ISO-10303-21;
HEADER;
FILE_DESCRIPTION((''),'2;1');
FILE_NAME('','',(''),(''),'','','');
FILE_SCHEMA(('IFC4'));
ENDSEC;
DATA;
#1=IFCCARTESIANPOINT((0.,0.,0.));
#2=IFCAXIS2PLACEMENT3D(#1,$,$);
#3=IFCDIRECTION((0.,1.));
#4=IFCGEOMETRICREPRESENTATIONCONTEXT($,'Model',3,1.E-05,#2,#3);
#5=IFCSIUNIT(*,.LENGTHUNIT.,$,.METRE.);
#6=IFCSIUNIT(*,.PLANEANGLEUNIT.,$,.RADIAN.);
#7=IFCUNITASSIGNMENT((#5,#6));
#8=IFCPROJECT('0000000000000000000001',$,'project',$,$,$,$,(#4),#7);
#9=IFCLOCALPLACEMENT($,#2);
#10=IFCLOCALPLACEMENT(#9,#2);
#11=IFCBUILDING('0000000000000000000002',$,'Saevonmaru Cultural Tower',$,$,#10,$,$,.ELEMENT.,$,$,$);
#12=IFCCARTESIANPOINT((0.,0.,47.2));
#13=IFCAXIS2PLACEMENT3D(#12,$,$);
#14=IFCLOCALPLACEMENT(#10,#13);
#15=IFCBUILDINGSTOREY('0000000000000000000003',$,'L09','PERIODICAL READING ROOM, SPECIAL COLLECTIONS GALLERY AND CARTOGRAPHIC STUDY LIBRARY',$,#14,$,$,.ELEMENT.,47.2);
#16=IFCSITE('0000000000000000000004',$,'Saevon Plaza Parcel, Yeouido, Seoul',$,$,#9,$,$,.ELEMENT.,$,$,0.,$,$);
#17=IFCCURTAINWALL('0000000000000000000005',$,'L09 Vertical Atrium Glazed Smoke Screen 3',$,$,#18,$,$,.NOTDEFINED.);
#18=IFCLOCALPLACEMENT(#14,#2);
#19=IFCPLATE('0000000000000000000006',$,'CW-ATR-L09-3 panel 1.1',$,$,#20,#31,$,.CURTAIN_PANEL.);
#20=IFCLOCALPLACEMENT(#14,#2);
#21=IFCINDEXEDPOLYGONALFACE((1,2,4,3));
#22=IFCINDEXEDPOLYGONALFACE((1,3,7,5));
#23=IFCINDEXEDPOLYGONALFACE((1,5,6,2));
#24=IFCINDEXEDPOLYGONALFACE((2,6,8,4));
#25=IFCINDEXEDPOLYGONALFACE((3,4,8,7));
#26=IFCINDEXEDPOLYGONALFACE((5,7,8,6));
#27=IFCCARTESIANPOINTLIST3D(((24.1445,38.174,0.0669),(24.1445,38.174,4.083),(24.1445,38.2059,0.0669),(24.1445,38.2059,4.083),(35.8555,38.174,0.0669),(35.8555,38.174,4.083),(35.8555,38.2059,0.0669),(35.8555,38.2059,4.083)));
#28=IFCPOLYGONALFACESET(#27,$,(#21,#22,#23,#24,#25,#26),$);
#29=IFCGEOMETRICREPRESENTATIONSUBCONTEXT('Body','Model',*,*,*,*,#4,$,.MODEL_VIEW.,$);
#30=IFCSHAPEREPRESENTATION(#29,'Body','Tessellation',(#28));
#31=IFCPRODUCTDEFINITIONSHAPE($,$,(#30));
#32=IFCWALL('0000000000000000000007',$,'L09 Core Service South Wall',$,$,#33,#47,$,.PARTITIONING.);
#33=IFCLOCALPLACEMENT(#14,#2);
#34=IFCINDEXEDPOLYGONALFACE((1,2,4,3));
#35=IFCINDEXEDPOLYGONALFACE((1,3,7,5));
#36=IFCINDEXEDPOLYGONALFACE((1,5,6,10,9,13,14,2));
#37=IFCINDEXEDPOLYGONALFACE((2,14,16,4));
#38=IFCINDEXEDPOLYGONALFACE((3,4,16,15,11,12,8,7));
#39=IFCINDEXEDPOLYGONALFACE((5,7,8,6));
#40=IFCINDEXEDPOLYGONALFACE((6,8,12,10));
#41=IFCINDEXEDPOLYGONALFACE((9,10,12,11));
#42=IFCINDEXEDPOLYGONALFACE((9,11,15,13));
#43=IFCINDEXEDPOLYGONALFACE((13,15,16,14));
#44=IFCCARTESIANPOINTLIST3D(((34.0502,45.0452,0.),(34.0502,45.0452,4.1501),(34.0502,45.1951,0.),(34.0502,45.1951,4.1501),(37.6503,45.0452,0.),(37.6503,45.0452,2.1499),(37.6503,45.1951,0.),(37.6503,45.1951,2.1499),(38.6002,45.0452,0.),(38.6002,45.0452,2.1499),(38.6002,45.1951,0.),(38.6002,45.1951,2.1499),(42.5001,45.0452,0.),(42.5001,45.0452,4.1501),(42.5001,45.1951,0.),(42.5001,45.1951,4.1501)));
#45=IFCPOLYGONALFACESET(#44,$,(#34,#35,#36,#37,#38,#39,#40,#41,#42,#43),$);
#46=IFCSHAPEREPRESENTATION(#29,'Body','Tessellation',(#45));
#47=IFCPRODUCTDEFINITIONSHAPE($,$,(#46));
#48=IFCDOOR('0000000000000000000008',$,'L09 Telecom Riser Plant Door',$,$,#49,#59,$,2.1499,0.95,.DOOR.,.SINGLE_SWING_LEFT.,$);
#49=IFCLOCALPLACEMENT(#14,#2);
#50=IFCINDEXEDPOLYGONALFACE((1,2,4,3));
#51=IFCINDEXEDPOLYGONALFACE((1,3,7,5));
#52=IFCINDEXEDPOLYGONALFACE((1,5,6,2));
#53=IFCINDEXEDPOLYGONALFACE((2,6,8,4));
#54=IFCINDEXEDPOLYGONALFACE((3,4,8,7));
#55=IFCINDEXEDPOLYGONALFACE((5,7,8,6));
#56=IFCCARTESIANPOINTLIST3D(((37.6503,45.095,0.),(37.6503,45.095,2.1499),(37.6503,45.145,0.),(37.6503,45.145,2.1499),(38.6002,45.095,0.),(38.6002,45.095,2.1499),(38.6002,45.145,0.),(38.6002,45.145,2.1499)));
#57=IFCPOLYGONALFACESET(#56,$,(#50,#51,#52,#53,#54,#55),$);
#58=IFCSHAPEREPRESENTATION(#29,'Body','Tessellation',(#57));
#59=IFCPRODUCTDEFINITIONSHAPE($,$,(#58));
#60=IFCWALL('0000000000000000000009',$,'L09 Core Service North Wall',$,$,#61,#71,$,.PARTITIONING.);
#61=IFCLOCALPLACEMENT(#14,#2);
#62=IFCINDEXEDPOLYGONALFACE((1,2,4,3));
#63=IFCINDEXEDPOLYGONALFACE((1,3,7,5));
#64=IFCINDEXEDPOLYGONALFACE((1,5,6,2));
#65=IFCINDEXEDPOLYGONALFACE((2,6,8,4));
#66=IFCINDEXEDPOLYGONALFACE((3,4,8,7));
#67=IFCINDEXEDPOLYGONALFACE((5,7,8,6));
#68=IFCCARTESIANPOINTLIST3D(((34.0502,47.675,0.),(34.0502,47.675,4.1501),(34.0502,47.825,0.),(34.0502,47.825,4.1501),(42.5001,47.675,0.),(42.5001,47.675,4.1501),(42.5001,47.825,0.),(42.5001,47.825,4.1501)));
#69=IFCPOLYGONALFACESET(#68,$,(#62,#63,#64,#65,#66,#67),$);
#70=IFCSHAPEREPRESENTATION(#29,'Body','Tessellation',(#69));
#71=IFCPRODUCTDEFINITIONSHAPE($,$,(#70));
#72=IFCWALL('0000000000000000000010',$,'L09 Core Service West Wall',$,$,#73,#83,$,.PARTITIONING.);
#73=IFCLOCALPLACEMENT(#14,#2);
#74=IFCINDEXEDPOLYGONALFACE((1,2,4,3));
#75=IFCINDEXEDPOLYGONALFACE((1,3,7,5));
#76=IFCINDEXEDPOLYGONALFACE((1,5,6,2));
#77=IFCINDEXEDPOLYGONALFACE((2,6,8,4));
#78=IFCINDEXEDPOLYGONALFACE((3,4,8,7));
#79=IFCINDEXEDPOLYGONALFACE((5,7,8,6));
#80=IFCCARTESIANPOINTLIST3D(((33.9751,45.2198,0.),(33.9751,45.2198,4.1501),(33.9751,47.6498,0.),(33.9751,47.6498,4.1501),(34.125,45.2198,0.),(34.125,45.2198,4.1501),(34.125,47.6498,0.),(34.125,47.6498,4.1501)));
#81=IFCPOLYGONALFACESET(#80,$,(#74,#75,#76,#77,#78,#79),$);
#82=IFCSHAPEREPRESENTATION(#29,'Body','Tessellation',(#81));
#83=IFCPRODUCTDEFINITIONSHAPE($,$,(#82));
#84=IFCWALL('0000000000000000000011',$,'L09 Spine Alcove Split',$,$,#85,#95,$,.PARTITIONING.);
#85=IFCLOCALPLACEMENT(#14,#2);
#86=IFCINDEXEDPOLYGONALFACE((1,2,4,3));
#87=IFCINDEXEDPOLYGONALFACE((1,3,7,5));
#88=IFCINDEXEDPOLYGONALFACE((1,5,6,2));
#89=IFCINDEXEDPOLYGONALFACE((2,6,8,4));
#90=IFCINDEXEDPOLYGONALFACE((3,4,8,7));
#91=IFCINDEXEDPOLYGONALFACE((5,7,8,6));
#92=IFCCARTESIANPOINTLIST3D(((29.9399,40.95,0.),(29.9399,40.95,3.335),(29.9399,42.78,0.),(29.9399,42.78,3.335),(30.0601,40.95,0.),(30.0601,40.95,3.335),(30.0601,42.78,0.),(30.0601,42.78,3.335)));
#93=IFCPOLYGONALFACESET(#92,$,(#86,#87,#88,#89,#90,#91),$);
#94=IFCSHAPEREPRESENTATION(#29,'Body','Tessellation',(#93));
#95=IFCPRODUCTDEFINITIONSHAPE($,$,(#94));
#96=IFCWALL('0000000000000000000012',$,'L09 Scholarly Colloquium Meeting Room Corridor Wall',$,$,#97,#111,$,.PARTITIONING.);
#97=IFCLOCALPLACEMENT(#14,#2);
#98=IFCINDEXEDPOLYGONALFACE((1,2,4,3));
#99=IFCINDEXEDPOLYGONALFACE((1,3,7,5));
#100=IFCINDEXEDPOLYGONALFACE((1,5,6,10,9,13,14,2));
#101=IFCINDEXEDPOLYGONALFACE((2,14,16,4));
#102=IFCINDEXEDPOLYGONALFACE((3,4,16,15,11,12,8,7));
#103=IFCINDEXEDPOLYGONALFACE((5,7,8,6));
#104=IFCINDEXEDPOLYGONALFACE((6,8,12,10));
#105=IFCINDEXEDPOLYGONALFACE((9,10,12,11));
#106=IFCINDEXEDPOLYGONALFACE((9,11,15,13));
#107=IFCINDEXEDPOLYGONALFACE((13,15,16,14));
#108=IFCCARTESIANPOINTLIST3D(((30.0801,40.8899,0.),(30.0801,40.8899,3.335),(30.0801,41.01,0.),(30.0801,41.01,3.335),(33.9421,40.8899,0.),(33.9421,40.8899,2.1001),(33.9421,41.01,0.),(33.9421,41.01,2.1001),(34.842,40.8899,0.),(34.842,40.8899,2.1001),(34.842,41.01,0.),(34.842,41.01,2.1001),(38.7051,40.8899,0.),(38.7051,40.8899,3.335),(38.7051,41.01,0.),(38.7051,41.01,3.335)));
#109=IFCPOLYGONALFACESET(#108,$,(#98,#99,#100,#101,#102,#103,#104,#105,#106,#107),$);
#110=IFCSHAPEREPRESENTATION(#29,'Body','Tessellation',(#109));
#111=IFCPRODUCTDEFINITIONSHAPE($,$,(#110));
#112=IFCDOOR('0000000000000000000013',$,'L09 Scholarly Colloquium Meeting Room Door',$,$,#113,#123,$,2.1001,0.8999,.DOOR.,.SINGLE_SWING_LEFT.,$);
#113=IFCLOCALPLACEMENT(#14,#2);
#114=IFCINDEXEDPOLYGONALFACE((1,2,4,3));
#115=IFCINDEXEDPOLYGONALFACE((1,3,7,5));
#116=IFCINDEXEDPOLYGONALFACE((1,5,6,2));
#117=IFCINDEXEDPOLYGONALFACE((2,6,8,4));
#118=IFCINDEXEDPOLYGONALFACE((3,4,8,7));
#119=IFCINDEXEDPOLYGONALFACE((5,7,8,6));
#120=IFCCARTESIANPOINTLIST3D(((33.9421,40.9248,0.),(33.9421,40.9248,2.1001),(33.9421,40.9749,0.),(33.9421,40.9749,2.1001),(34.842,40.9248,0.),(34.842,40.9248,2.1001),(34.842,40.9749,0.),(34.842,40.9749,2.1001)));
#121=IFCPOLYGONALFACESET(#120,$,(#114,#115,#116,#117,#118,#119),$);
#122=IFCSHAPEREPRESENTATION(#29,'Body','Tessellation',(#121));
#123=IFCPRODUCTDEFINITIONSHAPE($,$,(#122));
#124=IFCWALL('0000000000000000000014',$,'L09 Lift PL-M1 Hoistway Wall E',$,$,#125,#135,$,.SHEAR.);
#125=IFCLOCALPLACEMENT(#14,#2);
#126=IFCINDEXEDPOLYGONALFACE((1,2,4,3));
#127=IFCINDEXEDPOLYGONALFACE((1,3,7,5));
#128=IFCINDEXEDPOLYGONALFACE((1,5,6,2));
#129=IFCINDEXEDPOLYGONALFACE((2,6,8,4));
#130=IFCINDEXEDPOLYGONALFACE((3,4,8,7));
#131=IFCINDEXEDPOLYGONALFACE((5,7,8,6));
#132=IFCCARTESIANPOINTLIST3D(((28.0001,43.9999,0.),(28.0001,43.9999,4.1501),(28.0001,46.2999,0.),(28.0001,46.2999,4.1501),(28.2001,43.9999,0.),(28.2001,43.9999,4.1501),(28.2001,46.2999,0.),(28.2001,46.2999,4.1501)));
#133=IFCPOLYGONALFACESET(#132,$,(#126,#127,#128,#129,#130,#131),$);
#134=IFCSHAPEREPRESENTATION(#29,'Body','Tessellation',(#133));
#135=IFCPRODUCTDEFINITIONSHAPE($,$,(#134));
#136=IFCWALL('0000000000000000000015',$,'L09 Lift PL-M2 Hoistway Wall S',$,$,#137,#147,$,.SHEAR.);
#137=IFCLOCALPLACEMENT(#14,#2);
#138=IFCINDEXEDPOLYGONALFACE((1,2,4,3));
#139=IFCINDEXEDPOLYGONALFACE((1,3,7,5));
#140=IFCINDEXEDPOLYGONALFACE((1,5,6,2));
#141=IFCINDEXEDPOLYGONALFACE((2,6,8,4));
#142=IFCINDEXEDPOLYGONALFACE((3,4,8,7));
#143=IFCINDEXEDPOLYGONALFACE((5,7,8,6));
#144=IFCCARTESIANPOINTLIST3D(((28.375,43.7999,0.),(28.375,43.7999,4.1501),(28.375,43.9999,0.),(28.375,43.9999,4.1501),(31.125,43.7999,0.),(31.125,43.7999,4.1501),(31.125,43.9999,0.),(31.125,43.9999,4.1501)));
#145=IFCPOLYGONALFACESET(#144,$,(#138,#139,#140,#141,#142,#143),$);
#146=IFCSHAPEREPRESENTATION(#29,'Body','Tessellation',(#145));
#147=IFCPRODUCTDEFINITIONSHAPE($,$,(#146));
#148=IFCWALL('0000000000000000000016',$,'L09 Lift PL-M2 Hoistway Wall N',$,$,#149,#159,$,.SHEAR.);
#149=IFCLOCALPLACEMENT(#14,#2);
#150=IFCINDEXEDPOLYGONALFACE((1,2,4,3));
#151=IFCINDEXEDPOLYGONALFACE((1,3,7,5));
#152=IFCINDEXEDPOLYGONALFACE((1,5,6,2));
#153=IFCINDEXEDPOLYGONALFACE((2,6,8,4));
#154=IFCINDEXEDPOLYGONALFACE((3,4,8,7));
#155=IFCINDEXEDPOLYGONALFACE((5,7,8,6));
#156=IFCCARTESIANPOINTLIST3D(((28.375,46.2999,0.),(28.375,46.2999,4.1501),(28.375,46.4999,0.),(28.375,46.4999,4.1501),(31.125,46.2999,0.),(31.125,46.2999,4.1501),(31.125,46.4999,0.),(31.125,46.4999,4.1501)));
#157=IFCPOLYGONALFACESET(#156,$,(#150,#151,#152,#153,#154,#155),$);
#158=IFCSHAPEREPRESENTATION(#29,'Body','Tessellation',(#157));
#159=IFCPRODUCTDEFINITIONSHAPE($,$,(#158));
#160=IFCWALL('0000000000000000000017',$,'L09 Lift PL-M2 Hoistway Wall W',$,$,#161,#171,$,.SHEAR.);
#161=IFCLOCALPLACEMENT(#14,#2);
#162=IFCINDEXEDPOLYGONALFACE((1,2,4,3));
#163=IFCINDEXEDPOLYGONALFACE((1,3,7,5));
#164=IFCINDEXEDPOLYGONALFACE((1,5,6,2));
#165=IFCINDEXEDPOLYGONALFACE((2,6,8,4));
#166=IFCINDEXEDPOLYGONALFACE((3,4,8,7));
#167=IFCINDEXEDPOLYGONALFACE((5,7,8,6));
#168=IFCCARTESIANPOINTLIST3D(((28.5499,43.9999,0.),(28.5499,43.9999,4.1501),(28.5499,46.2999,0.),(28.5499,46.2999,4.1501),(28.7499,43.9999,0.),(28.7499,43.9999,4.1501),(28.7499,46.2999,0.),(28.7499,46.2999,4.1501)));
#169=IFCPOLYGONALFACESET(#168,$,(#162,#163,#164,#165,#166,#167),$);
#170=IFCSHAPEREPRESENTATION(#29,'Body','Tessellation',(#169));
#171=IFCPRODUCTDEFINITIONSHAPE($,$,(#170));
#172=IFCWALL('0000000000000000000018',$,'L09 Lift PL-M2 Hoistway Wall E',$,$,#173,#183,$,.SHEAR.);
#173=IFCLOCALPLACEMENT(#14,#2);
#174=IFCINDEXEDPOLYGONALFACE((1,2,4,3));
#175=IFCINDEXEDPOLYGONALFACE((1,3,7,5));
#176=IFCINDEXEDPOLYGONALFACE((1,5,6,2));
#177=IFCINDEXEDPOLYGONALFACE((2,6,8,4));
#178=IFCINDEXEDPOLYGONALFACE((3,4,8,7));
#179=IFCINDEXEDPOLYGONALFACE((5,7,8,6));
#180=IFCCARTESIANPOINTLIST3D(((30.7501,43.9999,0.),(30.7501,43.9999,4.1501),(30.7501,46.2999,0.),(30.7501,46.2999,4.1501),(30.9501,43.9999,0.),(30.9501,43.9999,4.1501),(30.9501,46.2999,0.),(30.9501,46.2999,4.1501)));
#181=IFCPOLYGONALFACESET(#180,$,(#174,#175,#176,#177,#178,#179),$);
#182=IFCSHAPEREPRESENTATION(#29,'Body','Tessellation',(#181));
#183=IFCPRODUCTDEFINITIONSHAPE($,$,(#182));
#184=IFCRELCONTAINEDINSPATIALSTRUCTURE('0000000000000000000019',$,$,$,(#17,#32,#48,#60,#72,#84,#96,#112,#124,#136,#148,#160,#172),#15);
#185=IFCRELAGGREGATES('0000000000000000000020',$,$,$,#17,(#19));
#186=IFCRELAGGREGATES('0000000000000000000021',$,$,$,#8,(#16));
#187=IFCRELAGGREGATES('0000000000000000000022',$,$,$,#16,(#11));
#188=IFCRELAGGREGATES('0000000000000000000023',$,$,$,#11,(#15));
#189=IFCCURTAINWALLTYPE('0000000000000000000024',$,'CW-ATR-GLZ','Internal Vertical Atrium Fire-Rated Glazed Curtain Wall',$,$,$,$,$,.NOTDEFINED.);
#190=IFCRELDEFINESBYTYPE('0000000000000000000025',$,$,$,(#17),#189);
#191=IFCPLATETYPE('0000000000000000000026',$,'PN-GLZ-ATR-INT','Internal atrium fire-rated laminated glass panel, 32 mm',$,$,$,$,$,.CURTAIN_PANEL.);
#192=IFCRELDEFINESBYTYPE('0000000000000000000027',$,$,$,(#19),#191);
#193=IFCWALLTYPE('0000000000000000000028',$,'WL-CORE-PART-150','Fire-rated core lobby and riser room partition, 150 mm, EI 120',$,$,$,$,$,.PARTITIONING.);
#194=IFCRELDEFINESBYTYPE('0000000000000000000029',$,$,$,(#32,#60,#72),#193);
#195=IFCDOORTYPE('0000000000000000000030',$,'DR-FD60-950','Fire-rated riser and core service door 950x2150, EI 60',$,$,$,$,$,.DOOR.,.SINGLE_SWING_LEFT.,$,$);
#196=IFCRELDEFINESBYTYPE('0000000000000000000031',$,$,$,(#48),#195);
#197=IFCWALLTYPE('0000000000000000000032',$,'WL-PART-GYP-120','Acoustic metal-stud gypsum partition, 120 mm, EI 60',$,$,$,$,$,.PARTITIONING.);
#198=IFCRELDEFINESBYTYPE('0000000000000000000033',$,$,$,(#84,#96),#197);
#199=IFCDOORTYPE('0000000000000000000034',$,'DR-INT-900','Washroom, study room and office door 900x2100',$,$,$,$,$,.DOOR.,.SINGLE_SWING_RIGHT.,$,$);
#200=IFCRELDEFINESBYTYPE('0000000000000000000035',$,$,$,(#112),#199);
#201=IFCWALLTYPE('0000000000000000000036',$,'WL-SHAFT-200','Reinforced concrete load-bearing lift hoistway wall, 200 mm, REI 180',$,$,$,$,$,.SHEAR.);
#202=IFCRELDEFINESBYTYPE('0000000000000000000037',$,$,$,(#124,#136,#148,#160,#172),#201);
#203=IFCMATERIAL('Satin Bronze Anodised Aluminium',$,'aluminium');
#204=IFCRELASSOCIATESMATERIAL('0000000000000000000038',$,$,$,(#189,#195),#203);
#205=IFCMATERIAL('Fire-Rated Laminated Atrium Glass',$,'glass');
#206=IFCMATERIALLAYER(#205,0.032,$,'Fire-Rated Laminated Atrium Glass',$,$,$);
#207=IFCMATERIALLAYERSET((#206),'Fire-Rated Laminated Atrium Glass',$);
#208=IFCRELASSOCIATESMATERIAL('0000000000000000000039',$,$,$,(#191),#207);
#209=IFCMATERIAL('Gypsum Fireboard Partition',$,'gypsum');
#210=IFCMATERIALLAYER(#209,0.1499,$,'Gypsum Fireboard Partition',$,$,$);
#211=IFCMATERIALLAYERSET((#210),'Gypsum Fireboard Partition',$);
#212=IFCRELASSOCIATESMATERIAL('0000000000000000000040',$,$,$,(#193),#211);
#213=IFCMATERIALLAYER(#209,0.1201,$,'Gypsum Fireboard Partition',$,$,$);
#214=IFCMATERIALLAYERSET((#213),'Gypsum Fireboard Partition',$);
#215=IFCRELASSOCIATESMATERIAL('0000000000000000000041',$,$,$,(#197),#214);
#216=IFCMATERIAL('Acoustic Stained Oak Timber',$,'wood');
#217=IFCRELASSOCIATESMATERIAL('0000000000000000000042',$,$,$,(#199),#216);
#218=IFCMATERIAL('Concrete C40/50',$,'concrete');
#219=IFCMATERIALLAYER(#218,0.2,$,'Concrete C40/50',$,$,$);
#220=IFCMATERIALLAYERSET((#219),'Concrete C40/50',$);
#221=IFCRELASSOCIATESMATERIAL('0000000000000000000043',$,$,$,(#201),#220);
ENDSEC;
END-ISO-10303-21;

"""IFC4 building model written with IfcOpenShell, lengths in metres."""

from ifc_helpers import new_model, si_unit, direction, frame, frame_2d, origin, origin_2d, place, context, subcontext, project, spatial, rectangle, extrude, material, layer, layer_set, type_object, element, fill, aggregate, save


model = new_model("IFC4")

# Units and contexts
model_context = context("Model", 3, precision=1e-05, world=origin(), true_north=direction((0.0, 1.0)))
body_context = subcontext(model_context, "Body", "Model", "MODEL_VIEW")
ifc_project = project(units=[si_unit("LENGTHUNIT", "METRE"), si_unit("PLANEANGLEUNIT", "RADIAN")], contexts=[model_context])

# Site, building, storey
site_placement = place(None, origin())
site = spatial("IfcSite", under=ifc_project, at=site_placement, Name="Saevon Plaza Parcel, Yeouido, Seoul", CompositionType="ELEMENT", RefElevation=0.0)
building_placement = place(site_placement, origin())
building = spatial("IfcBuilding", under=site, at=building_placement, Name="Saevonmaru Cultural Tower", CompositionType="ELEMENT")
storey_placement = place(building_placement, frame((0.0, 0.0, 47.2)))
storey = spatial("IfcBuildingStorey", under=building, at=storey_placement, Name="L09", Description="PERIODICAL READING ROOM, SPECIAL COLLECTIONS GALLERY AND CARTOGRAPHIC STUDY LIBRARY", CompositionType="ELEMENT", Elevation=47.2)

# Curtain wall, plate
ifc_material_1 = material(Name="Satin Bronze Anodised Aluminium", Category="aluminium")
curtain_wall_type = type_object("IfcCurtainWallType", Name="CW-ATR-GLZ", Description="Internal Vertical Atrium Fire-Rated Glazed Curtain Wall", PredefinedType="NOTDEFINED", material=ifc_material_1)
curtain_wall_placement = place(storey_placement, origin())
curtain_wall = element("IfcCurtainWall", 1, at=curtain_wall_placement, inside=storey, type_object=curtain_wall_type, Name="L09 Vertical Atrium Glazed Smoke Screen 3", PredefinedType="NOTDEFINED")
ifc_material_2 = material(Name="Fire-Rated Laminated Atrium Glass", Category="glass")
ifc_layer_1 = layer(ifc_material_2, 0.032, Name="Fire-Rated Laminated Atrium Glass")
ifc_layer_set_1 = layer_set([ifc_layer_1], Name="Fire-Rated Laminated Atrium Glass")
plate_type = type_object("IfcPlateType", Name="PN-GLZ-ATR-INT", Description="Internal atrium fire-rated laminated glass panel, 32 mm", PredefinedType="CURTAIN_PANEL", material=ifc_layer_set_1)
plate_placement = place(storey_placement, frame((30.0, 38.1899, 0.0669), z_axis=(0.0, 0.0, 1.0), x_axis=(-1.0, 0.0, 0.0)))
plate = element("IfcPlate", 2, at=plate_placement, type_object=plate_type, Name="CW-ATR-L09-3 panel 1.1", PredefinedType="CURTAIN_PANEL", context=body_context, shape_type="SweptSolid", body=[
    extrude(rectangle(XDim=11.7109, YDim=0.032, at=origin_2d()), origin(), (0.0, 0.0, 1.0), 4.0161),
])
aggregate(curtain_wall, [plate])

# Wall, opening, door
ifc_material_3 = material(Name="Gypsum Fireboard Partition", Category="gypsum")
ifc_layer_2 = layer(ifc_material_3, 0.1499, Name="Gypsum Fireboard Partition")
ifc_layer_set_2 = layer_set([ifc_layer_2], Name="Gypsum Fireboard Partition")
wall_type_1 = type_object("IfcWallType", Name="WL-CORE-PART-150", Description="Fire-rated core lobby and riser room partition, 150 mm, EI 120", PredefinedType="PARTITIONING", material=ifc_layer_set_2)
wall_1_placement = place(storey_placement, frame((34.05, 45.1201, 0.0), z_axis=(0.0, 0.0, 1.0), x_axis=(1.0, 0.0, 0.0)))
wall_1 = element("IfcWall", 3, at=wall_1_placement, inside=storey, type_object=wall_type_1, Name="L09 Core Service South Wall", PredefinedType="PARTITIONING", context=body_context, shape_type="SweptSolid", body=[
    extrude(rectangle(XDim=8.45, YDim=0.1499, at=frame_2d((4.2251, 0.0))), origin(), (0.0, 0.0, 1.0), 4.1501),
])
opening_1_placement = place(wall_1_placement, frame((3.6001, 0.0, 0.0)))
opening_1 = element("IfcOpeningElement", 4, at=opening_1_placement, cuts=wall_1, PredefinedType="OPENING", context=body_context, shape_type="SweptSolid", body=[
    extrude(rectangle(XDim=0.95, YDim=2.1499, at=frame_2d((0.4751, 1.075))), frame((0.0, 0.085, 0.0), z_axis=(0.0, -1.0, 0.0), x_axis=(1.0, 0.0, 0.0)), (0.0, 0.0, 1.0), 0.1699),
])
door_type_1 = type_object("IfcDoorType", Name="DR-FD60-950", Description="Fire-rated riser and core service door 950x2150, EI 60", OperationType="SINGLE_SWING_LEFT", PredefinedType="DOOR", material=ifc_material_1)
door_1_placement = place(opening_1_placement, origin())
door_1 = element("IfcDoor", 5, at=door_1_placement, inside=storey, type_object=door_type_1, Name="L09 Telecom Riser Plant Door", OperationType="SINGLE_SWING_LEFT", OverallHeight=2.1499, OverallWidth=0.95, PredefinedType="DOOR", context=body_context, shape_type="SweptSolid", body=[
    extrude(rectangle(XDim=0.95, YDim=2.1499, at=frame_2d((0.4751, 1.075))), frame((0.0, 0.0249, 0.0), z_axis=(0.0, -1.0, 0.0), x_axis=(1.0, 0.0, 0.0)), (0.0, 0.0, 1.0), 0.05),
])
fill(opening_1, door_1)

# Walls
wall_2_placement = place(storey_placement, frame((34.05, 47.75, 0.0), z_axis=(0.0, 0.0, 1.0), x_axis=(1.0, 0.0, 0.0)))
element("IfcWall", 6, at=wall_2_placement, inside=storey, type_object=wall_type_1, Name="L09 Core Service North Wall", PredefinedType="PARTITIONING", context=body_context, shape_type="SweptSolid", body=[
    extrude(rectangle(XDim=8.45, YDim=0.1499, at=frame_2d((4.2251, 0.0))), origin(), (0.0, 0.0, 1.0), 4.1501),
])
wall_3_placement = place(storey_placement, frame((34.05, 45.22, 0.0), z_axis=(0.0, 0.0, 1.0), x_axis=(0.0, 1.0, 0.0)))
element("IfcWall", 7, at=wall_3_placement, inside=storey, type_object=wall_type_1, Name="L09 Core Service West Wall", PredefinedType="PARTITIONING", context=body_context, shape_type="SweptSolid", body=[
    extrude(rectangle(XDim=2.4299, YDim=0.1499, at=frame_2d((1.2148, 0.0))), origin(), (0.0, 0.0, 1.0), 4.1501),
])
ifc_layer_3 = layer(ifc_material_3, 0.1201, Name="Gypsum Fireboard Partition")
ifc_layer_set_3 = layer_set([ifc_layer_3], Name="Gypsum Fireboard Partition")
wall_type_2 = type_object("IfcWallType", Name="WL-PART-GYP-120", Description="Acoustic metal-stud gypsum partition, 120 mm, EI 60", PredefinedType="PARTITIONING", material=ifc_layer_set_3)
wall_4_placement = place(storey_placement, frame((30.0, 40.95, 0.0), z_axis=(0.0, 0.0, 1.0), x_axis=(0.0, 1.0, 0.0)))
element("IfcWall", 8, at=wall_4_placement, inside=storey, type_object=wall_type_2, Name="L09 Spine Alcove Split", PredefinedType="PARTITIONING", context=body_context, shape_type="SweptSolid", body=[
    extrude(rectangle(XDim=1.8301, YDim=0.1201, at=frame_2d((0.915, 0.0))), origin(), (0.0, 0.0, 1.0), 3.335),
])

# Wall, opening, door
wall_5_placement = place(storey_placement, frame((30.0801, 40.95, 0.0), z_axis=(0.0, 0.0, 1.0), x_axis=(1.0, 0.0, 0.0)))
wall_5 = element("IfcWall", 9, at=wall_5_placement, inside=storey, type_object=wall_type_2, Name="L09 Scholarly Colloquium Meeting Room Corridor Wall", PredefinedType="PARTITIONING", context=body_context, shape_type="SweptSolid", body=[
    extrude(rectangle(XDim=8.625, YDim=0.1201, at=frame_2d((4.3125, 0.0))), origin(), (0.0, 0.0, 1.0), 3.335),
])
opening_2_placement = place(wall_5_placement, frame((3.8621, 0.0, 0.0)))
opening_2 = element("IfcOpeningElement", 10, at=opening_2_placement, cuts=wall_5, PredefinedType="OPENING", context=body_context, shape_type="SweptSolid", body=[
    extrude(rectangle(XDim=0.8999, YDim=2.1001, at=frame_2d((0.45, 1.05))), frame((0.0, 0.0701, 0.0), z_axis=(0.0, -1.0, 0.0), x_axis=(1.0, 0.0, 0.0)), (0.0, 0.0, 1.0), 0.1401),
])
ifc_material_4 = material(Name="Acoustic Stained Oak Timber", Category="wood")
door_type_2 = type_object("IfcDoorType", Name="DR-INT-900", Description="Washroom, study room and office door 900x2100", OperationType="SINGLE_SWING_RIGHT", PredefinedType="DOOR", material=ifc_material_4)
door_2_placement = place(opening_2_placement, origin())
door_2 = element("IfcDoor", 11, at=door_2_placement, inside=storey, type_object=door_type_2, Name="L09 Scholarly Colloquium Meeting Room Door", OperationType="SINGLE_SWING_LEFT", OverallHeight=2.1001, OverallWidth=0.8999, PredefinedType="DOOR", context=body_context, shape_type="SweptSolid", body=[
    extrude(rectangle(XDim=0.8999, YDim=2.1001, at=frame_2d((0.45, 1.05))), frame((0.0, 0.0249, 0.0), z_axis=(0.0, -1.0, 0.0), x_axis=(1.0, 0.0, 0.0)), (0.0, 0.0, 1.0), 0.05),
])
fill(opening_2, door_2)

# Walls
ifc_material_5 = material(Name="Concrete C40/50", Category="concrete")
ifc_layer_4 = layer(ifc_material_5, 0.2, Name="Concrete C40/50")
ifc_layer_set_4 = layer_set([ifc_layer_4], Name="Concrete C40/50")
wall_type_3 = type_object("IfcWallType", Name="WL-SHAFT-200", Description="Reinforced concrete load-bearing lift hoistway wall, 200 mm, REI 180", PredefinedType="SHEAR", material=ifc_layer_set_4)
wall_6_placement = place(storey_placement, frame((28.1001, 44.0, 0.0), z_axis=(0.0, 0.0, 1.0), x_axis=(0.0, 1.0, 0.0)))
element("IfcWall", 12, at=wall_6_placement, inside=storey, type_object=wall_type_3, Name="L09 Lift PL-M1 Hoistway Wall E", PredefinedType="SHEAR", context=body_context, shape_type="SweptSolid", body=[
    extrude(rectangle(XDim=2.3, YDim=0.2, at=frame_2d((1.1499, 0.0))), origin(), (0.0, 0.0, 1.0), 4.1501),
])
for number, where, z_axis, x_axis, name in (
    (13, (28.375, 43.8999, 0.0), (0.0, 0.0, 1.0), (1.0, 0.0, 0.0), "L09 Lift PL-M2 Hoistway Wall S"),
    (14, (28.375, 46.3999, 0.0), (0.0, 0.0, 1.0), (1.0, 0.0, 0.0), "L09 Lift PL-M2 Hoistway Wall N"),
):
    element("IfcWall", number, at=place(storey_placement, frame(where, z_axis=z_axis, x_axis=x_axis)), inside=storey, type_object=wall_type_3, Name=name, PredefinedType="SHEAR", context=body_context, shape_type="SweptSolid", body=[
        extrude(rectangle(XDim=2.75, YDim=0.2, at=frame_2d((1.375, 0.0))), origin(), (0.0, 0.0, 1.0), 4.1501),
    ])
for number, where, z_axis, x_axis, name in (
    (15, (28.6499, 44.0, 0.0), (0.0, 0.0, 1.0), (0.0, 1.0, 0.0), "L09 Lift PL-M2 Hoistway Wall W"),
    (16, (30.8501, 44.0, 0.0), (0.0, 0.0, 1.0), (0.0, 1.0, 0.0), "L09 Lift PL-M2 Hoistway Wall E"),
):
    element("IfcWall", number, at=place(storey_placement, frame(where, z_axis=z_axis, x_axis=x_axis)), inside=storey, type_object=wall_type_3, Name=name, PredefinedType="SHEAR", context=body_context, shape_type="SweptSolid", body=[
        extrude(rectangle(XDim=2.3, YDim=0.2, at=frame_2d((1.1499, 0.0))), origin(), (0.0, 0.0, 1.0), 4.1501),
    ])

save(model, "model.ifc")
